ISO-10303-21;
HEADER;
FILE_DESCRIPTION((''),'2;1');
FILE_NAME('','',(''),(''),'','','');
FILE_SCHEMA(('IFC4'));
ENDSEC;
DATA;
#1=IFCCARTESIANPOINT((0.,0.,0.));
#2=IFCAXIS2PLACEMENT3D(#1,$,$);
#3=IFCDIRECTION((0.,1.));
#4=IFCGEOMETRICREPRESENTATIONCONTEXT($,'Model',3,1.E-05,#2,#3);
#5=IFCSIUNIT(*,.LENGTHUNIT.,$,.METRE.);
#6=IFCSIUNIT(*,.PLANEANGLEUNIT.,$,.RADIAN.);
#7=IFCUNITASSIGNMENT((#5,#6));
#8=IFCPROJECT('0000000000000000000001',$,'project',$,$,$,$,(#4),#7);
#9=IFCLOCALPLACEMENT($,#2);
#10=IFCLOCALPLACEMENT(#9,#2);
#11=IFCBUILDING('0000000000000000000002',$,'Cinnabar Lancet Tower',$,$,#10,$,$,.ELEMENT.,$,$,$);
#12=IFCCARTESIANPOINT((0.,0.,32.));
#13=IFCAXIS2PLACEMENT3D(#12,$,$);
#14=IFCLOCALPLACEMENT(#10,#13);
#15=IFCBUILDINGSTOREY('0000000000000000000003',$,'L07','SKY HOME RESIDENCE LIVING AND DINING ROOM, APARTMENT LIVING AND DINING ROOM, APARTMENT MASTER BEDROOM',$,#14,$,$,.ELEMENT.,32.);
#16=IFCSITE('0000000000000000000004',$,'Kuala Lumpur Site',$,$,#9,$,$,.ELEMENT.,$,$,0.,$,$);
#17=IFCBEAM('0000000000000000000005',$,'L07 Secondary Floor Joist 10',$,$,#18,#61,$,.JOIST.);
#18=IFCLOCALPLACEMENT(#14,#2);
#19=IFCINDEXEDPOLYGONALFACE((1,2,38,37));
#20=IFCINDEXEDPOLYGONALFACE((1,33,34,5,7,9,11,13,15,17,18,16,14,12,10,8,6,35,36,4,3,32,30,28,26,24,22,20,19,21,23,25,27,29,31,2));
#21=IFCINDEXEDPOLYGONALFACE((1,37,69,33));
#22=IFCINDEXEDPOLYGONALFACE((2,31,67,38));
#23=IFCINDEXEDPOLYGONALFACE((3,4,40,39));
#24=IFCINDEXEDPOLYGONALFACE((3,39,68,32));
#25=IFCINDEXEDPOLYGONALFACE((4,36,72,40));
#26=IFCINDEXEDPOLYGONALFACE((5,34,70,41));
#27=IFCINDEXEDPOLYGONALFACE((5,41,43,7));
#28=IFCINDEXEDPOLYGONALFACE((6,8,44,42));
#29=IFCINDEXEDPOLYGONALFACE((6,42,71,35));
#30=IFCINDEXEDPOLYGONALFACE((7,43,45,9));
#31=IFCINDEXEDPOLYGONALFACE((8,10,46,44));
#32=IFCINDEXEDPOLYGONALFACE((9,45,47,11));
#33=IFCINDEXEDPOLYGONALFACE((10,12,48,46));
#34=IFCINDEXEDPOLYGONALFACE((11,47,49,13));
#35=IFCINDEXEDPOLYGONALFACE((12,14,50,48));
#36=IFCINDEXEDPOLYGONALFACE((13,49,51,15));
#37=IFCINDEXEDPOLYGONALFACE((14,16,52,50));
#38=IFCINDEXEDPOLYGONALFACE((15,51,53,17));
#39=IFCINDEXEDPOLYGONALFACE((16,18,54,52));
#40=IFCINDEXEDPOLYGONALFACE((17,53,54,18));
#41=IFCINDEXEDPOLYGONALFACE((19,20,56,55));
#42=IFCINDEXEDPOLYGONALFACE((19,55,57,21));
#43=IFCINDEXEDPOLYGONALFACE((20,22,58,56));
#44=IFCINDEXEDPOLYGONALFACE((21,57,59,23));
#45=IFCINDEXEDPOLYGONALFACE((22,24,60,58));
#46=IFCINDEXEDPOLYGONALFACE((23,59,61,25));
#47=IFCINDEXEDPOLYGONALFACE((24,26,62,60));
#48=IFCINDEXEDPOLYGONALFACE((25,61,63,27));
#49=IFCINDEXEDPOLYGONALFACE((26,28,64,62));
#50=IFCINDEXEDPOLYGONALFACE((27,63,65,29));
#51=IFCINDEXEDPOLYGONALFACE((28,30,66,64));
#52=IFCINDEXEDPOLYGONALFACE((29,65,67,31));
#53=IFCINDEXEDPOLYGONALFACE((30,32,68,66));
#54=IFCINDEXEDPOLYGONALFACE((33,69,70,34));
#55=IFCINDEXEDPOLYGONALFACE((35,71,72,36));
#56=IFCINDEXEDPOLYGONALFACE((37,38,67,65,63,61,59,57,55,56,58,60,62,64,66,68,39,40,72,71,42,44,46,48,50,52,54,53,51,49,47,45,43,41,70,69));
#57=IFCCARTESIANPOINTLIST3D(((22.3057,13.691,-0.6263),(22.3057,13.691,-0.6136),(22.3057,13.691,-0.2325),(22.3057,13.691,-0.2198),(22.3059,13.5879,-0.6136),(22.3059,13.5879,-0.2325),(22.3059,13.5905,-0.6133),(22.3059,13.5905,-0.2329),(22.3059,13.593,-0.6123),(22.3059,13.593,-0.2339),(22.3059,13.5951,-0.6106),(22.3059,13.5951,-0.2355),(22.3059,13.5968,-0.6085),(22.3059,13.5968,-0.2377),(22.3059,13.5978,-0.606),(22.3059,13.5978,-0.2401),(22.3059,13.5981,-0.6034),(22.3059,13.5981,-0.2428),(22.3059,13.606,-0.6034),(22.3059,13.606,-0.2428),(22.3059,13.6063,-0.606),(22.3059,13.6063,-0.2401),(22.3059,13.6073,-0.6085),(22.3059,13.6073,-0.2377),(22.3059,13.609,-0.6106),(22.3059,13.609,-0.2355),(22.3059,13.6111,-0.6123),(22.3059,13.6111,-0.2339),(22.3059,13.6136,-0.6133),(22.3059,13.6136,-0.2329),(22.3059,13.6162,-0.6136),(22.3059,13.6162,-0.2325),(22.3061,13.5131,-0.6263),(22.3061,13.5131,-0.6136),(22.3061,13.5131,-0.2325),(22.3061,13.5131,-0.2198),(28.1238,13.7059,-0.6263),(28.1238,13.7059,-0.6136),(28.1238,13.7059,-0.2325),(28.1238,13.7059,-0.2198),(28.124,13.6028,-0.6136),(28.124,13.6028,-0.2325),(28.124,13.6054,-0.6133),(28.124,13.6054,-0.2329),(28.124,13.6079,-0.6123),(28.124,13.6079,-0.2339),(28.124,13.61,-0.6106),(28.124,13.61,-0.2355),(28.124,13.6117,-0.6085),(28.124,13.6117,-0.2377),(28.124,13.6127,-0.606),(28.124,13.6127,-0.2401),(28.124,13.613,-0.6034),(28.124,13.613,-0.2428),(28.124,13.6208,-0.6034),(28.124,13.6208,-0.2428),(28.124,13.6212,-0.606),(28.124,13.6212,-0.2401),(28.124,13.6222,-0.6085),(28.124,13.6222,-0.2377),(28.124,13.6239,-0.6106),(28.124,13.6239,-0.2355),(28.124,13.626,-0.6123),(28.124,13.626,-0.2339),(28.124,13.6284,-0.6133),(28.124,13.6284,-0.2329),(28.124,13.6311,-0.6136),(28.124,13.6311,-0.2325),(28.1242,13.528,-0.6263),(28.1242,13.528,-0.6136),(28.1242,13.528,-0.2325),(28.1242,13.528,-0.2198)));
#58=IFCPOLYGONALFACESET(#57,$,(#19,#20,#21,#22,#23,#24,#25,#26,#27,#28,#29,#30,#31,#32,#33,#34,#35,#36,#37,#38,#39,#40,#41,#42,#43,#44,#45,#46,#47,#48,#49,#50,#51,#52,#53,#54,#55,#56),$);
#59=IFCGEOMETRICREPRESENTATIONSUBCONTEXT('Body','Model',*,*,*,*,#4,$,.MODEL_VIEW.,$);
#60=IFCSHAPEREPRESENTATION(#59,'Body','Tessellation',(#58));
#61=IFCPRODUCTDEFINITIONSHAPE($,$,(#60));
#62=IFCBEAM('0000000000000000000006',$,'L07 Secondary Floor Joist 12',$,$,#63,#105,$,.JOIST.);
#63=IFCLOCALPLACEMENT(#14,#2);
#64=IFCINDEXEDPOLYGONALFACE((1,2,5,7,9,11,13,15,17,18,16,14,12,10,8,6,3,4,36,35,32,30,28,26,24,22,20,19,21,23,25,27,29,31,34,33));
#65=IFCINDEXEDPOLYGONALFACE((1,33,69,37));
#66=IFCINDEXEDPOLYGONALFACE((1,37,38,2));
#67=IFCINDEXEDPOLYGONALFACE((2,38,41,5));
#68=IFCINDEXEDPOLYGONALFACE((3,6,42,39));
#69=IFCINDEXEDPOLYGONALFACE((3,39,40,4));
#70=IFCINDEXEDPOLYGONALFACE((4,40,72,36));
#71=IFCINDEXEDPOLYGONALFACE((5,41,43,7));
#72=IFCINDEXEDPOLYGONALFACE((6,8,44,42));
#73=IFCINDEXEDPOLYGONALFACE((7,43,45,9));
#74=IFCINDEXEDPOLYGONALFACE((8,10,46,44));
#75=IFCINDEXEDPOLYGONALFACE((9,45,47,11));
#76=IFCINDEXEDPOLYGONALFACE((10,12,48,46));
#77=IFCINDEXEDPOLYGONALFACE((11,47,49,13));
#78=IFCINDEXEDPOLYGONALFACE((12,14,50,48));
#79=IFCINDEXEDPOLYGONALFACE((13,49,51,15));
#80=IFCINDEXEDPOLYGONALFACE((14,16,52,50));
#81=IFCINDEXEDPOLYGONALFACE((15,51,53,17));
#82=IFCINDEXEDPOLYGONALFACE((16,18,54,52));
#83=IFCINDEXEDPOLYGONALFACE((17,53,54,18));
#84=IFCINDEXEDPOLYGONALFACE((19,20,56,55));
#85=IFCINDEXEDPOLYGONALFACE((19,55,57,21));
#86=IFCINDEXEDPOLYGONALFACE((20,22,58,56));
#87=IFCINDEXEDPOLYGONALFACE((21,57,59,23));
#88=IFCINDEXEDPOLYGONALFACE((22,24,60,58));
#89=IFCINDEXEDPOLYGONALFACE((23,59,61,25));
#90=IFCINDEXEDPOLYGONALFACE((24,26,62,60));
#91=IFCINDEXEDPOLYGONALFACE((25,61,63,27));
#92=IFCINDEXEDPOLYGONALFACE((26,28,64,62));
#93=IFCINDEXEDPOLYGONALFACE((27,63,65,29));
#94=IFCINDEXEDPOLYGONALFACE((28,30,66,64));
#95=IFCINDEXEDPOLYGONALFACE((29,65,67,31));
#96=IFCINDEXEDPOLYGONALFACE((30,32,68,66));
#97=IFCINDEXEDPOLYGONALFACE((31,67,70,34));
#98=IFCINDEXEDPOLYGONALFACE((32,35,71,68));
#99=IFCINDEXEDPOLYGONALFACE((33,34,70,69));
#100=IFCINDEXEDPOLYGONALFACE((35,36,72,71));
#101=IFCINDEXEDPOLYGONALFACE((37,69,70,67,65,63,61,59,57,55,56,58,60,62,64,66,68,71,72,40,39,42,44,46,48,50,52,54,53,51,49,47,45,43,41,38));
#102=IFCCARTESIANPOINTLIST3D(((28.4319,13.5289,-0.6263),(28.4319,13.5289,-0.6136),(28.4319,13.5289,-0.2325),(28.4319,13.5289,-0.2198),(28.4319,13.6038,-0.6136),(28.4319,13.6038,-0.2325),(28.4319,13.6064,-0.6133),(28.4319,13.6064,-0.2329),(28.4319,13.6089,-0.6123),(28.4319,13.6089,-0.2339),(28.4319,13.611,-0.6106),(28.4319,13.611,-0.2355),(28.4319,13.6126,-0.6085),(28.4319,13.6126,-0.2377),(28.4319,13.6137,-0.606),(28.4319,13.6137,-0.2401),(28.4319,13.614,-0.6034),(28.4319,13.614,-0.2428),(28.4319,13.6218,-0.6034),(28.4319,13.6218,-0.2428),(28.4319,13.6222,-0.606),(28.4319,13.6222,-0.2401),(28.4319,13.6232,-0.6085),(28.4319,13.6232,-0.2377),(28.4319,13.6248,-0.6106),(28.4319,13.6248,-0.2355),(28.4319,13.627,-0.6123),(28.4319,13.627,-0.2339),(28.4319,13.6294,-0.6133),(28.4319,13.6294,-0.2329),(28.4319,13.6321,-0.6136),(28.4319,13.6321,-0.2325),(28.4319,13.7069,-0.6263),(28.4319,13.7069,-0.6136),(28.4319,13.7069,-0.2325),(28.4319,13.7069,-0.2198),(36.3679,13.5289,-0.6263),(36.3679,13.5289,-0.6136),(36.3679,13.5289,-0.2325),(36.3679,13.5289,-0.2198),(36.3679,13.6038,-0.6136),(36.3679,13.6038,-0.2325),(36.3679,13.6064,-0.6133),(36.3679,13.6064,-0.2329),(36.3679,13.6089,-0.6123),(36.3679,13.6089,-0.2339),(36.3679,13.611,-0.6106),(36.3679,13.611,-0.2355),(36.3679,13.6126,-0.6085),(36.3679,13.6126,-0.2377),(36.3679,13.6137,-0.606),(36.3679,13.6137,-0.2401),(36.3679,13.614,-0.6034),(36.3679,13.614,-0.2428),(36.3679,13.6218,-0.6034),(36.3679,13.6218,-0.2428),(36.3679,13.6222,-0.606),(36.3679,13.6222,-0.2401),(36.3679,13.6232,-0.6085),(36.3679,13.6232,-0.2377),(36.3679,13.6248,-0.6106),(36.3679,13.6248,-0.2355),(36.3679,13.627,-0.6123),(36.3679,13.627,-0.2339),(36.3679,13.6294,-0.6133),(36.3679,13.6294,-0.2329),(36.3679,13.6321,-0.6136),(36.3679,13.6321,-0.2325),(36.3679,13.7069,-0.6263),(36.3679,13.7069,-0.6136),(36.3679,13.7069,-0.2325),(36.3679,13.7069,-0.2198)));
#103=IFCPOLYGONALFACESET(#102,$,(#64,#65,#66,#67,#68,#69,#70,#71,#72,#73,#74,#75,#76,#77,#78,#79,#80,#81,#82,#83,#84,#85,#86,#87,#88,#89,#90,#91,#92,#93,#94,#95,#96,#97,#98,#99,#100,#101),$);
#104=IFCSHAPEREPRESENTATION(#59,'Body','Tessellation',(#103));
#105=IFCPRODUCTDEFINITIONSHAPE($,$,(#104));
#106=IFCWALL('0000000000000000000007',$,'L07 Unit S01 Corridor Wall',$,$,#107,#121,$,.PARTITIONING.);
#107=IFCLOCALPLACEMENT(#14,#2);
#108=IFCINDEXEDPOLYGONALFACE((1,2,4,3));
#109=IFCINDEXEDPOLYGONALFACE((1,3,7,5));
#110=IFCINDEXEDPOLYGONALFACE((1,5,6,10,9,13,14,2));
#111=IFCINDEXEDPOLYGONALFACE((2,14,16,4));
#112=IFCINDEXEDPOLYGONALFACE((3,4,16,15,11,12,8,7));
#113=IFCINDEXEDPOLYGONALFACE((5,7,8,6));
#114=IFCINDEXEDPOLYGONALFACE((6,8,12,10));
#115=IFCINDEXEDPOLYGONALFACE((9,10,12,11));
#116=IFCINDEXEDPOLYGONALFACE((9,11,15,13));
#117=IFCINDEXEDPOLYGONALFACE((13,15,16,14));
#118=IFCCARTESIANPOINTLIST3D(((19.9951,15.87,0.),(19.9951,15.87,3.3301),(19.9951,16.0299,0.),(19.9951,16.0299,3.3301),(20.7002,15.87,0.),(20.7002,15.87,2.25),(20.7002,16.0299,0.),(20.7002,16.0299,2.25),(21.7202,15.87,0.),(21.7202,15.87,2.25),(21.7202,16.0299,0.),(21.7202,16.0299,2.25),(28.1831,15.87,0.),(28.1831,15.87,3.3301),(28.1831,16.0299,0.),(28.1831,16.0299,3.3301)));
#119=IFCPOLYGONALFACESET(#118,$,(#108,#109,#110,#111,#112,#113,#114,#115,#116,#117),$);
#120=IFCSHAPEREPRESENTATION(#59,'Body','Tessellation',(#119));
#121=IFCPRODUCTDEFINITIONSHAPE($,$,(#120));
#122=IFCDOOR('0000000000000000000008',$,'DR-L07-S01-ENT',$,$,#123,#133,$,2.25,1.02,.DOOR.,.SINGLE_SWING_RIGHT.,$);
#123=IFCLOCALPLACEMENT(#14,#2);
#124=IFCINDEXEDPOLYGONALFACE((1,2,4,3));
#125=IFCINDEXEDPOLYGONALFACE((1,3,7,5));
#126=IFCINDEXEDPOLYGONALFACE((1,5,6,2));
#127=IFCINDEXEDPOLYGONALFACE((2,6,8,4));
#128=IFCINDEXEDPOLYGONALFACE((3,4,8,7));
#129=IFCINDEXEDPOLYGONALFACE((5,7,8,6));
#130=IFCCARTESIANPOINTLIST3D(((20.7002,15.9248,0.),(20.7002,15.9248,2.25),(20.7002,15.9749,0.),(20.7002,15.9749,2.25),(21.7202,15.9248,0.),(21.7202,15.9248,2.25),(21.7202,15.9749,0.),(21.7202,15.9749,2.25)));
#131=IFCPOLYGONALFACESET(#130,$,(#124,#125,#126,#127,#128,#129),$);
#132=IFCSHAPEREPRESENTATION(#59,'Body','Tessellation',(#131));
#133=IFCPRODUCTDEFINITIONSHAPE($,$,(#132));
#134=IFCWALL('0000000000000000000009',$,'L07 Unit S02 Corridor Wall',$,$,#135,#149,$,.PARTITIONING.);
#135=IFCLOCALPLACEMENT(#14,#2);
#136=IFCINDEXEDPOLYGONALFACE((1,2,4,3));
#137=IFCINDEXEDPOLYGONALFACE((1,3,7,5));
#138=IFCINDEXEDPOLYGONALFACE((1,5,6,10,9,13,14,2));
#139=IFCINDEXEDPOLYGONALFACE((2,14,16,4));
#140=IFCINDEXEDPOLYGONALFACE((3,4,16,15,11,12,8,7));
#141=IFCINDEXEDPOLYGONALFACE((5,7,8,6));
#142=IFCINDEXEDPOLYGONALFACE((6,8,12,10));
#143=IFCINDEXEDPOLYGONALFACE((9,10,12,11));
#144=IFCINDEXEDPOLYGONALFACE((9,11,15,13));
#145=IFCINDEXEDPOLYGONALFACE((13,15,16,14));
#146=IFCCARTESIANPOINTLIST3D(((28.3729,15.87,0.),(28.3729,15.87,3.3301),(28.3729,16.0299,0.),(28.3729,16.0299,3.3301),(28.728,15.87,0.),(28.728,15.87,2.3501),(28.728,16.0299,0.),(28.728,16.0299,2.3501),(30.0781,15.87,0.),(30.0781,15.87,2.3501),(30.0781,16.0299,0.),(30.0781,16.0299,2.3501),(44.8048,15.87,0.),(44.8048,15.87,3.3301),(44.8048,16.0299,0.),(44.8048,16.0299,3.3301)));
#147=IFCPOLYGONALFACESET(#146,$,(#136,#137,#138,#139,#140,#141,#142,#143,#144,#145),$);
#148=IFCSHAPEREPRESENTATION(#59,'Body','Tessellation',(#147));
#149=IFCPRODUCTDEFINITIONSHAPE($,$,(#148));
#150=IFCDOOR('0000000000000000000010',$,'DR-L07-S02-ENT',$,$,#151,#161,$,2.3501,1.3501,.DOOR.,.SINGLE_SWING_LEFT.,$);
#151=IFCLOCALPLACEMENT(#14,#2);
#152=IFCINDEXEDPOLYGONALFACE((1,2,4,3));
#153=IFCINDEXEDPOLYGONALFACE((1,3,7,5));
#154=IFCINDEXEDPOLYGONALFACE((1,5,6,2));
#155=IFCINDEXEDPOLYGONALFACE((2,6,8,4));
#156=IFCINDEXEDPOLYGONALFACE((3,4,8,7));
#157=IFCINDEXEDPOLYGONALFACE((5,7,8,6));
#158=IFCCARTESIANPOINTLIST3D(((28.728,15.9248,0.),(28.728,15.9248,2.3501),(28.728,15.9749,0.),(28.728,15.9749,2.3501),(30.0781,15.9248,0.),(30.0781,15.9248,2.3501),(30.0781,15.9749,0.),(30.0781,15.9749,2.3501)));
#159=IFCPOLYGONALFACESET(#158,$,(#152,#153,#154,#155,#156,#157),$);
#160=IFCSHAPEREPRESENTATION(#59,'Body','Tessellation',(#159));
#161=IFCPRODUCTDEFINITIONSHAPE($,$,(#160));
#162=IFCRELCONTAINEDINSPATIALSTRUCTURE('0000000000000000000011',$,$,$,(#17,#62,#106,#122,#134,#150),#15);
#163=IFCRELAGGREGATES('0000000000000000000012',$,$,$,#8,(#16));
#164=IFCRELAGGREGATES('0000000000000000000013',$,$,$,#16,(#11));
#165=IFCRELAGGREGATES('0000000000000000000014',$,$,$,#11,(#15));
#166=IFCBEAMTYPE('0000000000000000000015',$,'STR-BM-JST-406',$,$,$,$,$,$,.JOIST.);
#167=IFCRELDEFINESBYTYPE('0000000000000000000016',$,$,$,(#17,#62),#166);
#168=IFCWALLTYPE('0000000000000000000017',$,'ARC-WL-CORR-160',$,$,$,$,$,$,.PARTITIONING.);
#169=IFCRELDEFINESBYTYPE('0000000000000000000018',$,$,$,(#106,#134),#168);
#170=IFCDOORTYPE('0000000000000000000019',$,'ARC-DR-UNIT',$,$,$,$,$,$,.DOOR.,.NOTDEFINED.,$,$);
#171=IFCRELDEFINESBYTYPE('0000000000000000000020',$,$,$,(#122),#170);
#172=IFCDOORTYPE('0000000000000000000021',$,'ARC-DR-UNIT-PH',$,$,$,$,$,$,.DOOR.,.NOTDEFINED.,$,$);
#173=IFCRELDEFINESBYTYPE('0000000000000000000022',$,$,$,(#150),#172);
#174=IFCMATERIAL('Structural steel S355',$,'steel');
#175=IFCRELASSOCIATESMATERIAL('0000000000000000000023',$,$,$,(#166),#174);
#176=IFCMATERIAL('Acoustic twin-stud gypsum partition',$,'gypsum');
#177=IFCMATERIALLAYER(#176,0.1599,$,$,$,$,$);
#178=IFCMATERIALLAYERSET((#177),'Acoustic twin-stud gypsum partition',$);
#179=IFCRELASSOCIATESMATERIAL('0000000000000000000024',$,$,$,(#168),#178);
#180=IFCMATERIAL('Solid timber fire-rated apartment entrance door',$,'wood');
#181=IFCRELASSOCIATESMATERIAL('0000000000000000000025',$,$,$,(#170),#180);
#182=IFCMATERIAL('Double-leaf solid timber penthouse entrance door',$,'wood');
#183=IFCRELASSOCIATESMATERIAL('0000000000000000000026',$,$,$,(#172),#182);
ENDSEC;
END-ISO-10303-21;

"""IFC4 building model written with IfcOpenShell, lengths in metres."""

from ifc_helpers import new_model, si_unit, direction, frame, frame_2d, origin, origin_2d, place, context, subcontext, project, spatial, rectangle, i_section, extrude, material, layer, layer_set, material_profile, profile_set, type_object, element, fill, save


model = new_model("IFC4")

# Units and contexts
model_context = context("Model", 3, precision=1e-05, world=origin(), true_north=direction((0.0, 1.0)))
body_context = subcontext(model_context, "Body", "Model", "MODEL_VIEW")
ifc_project = project(units=[si_unit("LENGTHUNIT", "METRE"), si_unit("PLANEANGLEUNIT", "RADIAN")], contexts=[model_context])

# Site, building, storey
site_placement = place(None, origin())
site = spatial("IfcSite", under=ifc_project, at=site_placement, Name="Kuala Lumpur Site", CompositionType="ELEMENT", RefElevation=0.0)
building_placement = place(site_placement, origin())
building = spatial("IfcBuilding", under=site, at=building_placement, Name="Cinnabar Lancet Tower", CompositionType="ELEMENT")
storey_placement = place(building_placement, frame((0.0, 0.0, 32.0)))
storey = spatial("IfcBuildingStorey", under=building, at=storey_placement, Name="L07", Description="SKY HOME RESIDENCE LIVING AND DINING ROOM, APARTMENT LIVING AND DINING ROOM, APARTMENT MASTER BEDROOM", CompositionType="ELEMENT", Elevation=32.0)

# Beams
ifc_material_1 = material(Name="Structural steel S355", Category="steel")
ifc_material_profile_1 = material_profile(ifc_material_1, i_section(OverallWidth=0.178, OverallDepth=0.4065, WebThickness=0.0078, FlangeThickness=0.0127, FilletRadius=0.0103, at=origin_2d()), Name="UKB 406x178x60")
ifc_profile_set_1 = profile_set([ifc_material_profile_1], Name="Structural steel S355")
beam_type = type_object("IfcBeamType", Name="STR-BM-JST-406", PredefinedType="JOIST", material=ifc_profile_set_1)
beam_1_placement = place(storey_placement, frame((22.3059, 13.6021, -0.4231), z_axis=(0.999997, 0.00256, 0.0), x_axis=(-0.00256, 0.999997, 0.0)))
element("IfcBeam", 1, at=beam_1_placement, inside=storey, type_object=beam_type, Name="L07 Secondary Floor Joist 10", PredefinedType="JOIST", context=body_context, shape_type="SweptSolid", body=[
    extrude(i_section(OverallWidth=0.178, OverallDepth=0.4065, WebThickness=0.0078, FlangeThickness=0.0127, FilletRadius=0.0103, at=origin_2d()), origin(), (0.0, 0.0, 1.0), 5.8181),
])
beam_2_placement = place(storey_placement, frame((28.4319, 13.6179, -0.4231), z_axis=(1.0, 0.0, 0.0), x_axis=(0.0, 1.0, 0.0)))
element("IfcBeam", 2, at=beam_2_placement, inside=storey, type_object=beam_type, Name="L07 Secondary Floor Joist 12", PredefinedType="JOIST", context=body_context, shape_type="SweptSolid", body=[
    extrude(i_section(OverallWidth=0.178, OverallDepth=0.4065, WebThickness=0.0078, FlangeThickness=0.0127, FilletRadius=0.0103, at=origin_2d()), origin(), (0.0, 0.0, 1.0), 7.936),
])

# Walls, openings, doors
ifc_material_2 = material(Name="Acoustic twin-stud gypsum partition", Category="gypsum")
ifc_layer_1 = layer(ifc_material_2, 0.1599)
ifc_layer_set_1 = layer_set([ifc_layer_1], Name="Acoustic twin-stud gypsum partition")
wall_type_1 = type_object("IfcWallType", Name="ARC-WL-CORR-160", PredefinedType="PARTITIONING", material=ifc_layer_set_1)
wall_1_placement = place(storey_placement, frame((19.9951, 15.95, 0.0), z_axis=(0.0, 0.0, 1.0), x_axis=(1.0, 0.0, 0.0)))
wall_1 = element("IfcWall", 3, at=wall_1_placement, inside=storey, type_object=wall_type_1, Name="L07 Unit S01 Corridor Wall", PredefinedType="PARTITIONING", context=body_context, shape_type="SweptSolid", body=[
    extrude(rectangle(XDim=8.188, YDim=0.1599, at=frame_2d((4.094, 0.0))), origin(), (0.0, 0.0, 1.0), 3.3301),
])
opening_1_placement = place(wall_1_placement, frame((0.7051, 0.0, 0.0)))
opening_1 = element("IfcOpeningElement", 4, at=opening_1_placement, cuts=wall_1, PredefinedType="OPENING", context=body_context, shape_type="SweptSolid", body=[
    extrude(rectangle(XDim=1.02, YDim=2.25, at=frame_2d((0.51, 1.125))), frame((0.0, 0.0898, 0.0), z_axis=(0.0, -1.0, 0.0), x_axis=(1.0, 0.0, 0.0)), (0.0, 0.0, 1.0), 0.1799),
])
ifc_material_3 = material(Name="Solid timber fire-rated apartment entrance door", Category="wood")
door_type_1 = type_object("IfcDoorType", Name="ARC-DR-UNIT", OperationType="NOTDEFINED", PredefinedType="DOOR", material=ifc_material_3)
door_1_placement = place(opening_1_placement, origin())
door_1 = element("IfcDoor", 5, at=door_1_placement, inside=storey, type_object=door_type_1, Name="DR-L07-S01-ENT", OperationType="SINGLE_SWING_RIGHT", OverallHeight=2.25, OverallWidth=1.02, PredefinedType="DOOR", context=body_context, shape_type="SweptSolid", body=[
    extrude(rectangle(XDim=1.02, YDim=2.25, at=frame_2d((0.51, 1.125))), frame((0.0, 0.0249, 0.0), z_axis=(0.0, -1.0, 0.0), x_axis=(1.0, 0.0, 0.0)), (0.0, 0.0, 1.0), 0.05),
])
fill(opening_1, door_1)
wall_2_placement = place(storey_placement, frame((28.373, 15.95, 0.0), z_axis=(0.0, 0.0, 1.0), x_axis=(1.0, 0.0, 0.0)))
wall_2 = element("IfcWall", 6, at=wall_2_placement, inside=storey, type_object=wall_type_1, Name="L07 Unit S02 Corridor Wall", PredefinedType="PARTITIONING", context=body_context, shape_type="SweptSolid", body=[
    extrude(rectangle(XDim=16.4319, YDim=0.1599, at=frame_2d((8.2158, 0.0))), origin(), (0.0, 0.0, 1.0), 3.3301),
])
opening_2_placement = place(wall_2_placement, frame((0.355, 0.0, 0.0)))
opening_2 = element("IfcOpeningElement", 7, at=opening_2_placement, cuts=wall_2, PredefinedType="OPENING", context=body_context, shape_type="SweptSolid", body=[
    extrude(rectangle(XDim=1.3501, YDim=2.3501, at=frame_2d((0.675, 1.175))), frame((0.0, 0.0898, 0.0), z_axis=(0.0, -1.0, 0.0), x_axis=(1.0, 0.0, 0.0)), (0.0, 0.0, 1.0), 0.1799),
])
ifc_material_4 = material(Name="Double-leaf solid timber penthouse entrance door", Category="wood")
door_type_2 = type_object("IfcDoorType", Name="ARC-DR-UNIT-PH", OperationType="NOTDEFINED", PredefinedType="DOOR", material=ifc_material_4)
door_2_placement = place(opening_2_placement, origin())
door_2 = element("IfcDoor", 8, at=door_2_placement, inside=storey, type_object=door_type_2, Name="DR-L07-S02-ENT", OperationType="SINGLE_SWING_LEFT", OverallHeight=2.3501, OverallWidth=1.3501, PredefinedType="DOOR", context=body_context, shape_type="SweptSolid", body=[
    extrude(rectangle(XDim=1.3501, YDim=2.3501, at=frame_2d((0.675, 1.175))), frame((0.0, 0.0249, 0.0), z_axis=(0.0, -1.0, 0.0), x_axis=(1.0, 0.0, 0.0)), (0.0, 0.0, 1.0), 0.05),
])
fill(opening_2, door_2)

save(model, "model.ifc")
